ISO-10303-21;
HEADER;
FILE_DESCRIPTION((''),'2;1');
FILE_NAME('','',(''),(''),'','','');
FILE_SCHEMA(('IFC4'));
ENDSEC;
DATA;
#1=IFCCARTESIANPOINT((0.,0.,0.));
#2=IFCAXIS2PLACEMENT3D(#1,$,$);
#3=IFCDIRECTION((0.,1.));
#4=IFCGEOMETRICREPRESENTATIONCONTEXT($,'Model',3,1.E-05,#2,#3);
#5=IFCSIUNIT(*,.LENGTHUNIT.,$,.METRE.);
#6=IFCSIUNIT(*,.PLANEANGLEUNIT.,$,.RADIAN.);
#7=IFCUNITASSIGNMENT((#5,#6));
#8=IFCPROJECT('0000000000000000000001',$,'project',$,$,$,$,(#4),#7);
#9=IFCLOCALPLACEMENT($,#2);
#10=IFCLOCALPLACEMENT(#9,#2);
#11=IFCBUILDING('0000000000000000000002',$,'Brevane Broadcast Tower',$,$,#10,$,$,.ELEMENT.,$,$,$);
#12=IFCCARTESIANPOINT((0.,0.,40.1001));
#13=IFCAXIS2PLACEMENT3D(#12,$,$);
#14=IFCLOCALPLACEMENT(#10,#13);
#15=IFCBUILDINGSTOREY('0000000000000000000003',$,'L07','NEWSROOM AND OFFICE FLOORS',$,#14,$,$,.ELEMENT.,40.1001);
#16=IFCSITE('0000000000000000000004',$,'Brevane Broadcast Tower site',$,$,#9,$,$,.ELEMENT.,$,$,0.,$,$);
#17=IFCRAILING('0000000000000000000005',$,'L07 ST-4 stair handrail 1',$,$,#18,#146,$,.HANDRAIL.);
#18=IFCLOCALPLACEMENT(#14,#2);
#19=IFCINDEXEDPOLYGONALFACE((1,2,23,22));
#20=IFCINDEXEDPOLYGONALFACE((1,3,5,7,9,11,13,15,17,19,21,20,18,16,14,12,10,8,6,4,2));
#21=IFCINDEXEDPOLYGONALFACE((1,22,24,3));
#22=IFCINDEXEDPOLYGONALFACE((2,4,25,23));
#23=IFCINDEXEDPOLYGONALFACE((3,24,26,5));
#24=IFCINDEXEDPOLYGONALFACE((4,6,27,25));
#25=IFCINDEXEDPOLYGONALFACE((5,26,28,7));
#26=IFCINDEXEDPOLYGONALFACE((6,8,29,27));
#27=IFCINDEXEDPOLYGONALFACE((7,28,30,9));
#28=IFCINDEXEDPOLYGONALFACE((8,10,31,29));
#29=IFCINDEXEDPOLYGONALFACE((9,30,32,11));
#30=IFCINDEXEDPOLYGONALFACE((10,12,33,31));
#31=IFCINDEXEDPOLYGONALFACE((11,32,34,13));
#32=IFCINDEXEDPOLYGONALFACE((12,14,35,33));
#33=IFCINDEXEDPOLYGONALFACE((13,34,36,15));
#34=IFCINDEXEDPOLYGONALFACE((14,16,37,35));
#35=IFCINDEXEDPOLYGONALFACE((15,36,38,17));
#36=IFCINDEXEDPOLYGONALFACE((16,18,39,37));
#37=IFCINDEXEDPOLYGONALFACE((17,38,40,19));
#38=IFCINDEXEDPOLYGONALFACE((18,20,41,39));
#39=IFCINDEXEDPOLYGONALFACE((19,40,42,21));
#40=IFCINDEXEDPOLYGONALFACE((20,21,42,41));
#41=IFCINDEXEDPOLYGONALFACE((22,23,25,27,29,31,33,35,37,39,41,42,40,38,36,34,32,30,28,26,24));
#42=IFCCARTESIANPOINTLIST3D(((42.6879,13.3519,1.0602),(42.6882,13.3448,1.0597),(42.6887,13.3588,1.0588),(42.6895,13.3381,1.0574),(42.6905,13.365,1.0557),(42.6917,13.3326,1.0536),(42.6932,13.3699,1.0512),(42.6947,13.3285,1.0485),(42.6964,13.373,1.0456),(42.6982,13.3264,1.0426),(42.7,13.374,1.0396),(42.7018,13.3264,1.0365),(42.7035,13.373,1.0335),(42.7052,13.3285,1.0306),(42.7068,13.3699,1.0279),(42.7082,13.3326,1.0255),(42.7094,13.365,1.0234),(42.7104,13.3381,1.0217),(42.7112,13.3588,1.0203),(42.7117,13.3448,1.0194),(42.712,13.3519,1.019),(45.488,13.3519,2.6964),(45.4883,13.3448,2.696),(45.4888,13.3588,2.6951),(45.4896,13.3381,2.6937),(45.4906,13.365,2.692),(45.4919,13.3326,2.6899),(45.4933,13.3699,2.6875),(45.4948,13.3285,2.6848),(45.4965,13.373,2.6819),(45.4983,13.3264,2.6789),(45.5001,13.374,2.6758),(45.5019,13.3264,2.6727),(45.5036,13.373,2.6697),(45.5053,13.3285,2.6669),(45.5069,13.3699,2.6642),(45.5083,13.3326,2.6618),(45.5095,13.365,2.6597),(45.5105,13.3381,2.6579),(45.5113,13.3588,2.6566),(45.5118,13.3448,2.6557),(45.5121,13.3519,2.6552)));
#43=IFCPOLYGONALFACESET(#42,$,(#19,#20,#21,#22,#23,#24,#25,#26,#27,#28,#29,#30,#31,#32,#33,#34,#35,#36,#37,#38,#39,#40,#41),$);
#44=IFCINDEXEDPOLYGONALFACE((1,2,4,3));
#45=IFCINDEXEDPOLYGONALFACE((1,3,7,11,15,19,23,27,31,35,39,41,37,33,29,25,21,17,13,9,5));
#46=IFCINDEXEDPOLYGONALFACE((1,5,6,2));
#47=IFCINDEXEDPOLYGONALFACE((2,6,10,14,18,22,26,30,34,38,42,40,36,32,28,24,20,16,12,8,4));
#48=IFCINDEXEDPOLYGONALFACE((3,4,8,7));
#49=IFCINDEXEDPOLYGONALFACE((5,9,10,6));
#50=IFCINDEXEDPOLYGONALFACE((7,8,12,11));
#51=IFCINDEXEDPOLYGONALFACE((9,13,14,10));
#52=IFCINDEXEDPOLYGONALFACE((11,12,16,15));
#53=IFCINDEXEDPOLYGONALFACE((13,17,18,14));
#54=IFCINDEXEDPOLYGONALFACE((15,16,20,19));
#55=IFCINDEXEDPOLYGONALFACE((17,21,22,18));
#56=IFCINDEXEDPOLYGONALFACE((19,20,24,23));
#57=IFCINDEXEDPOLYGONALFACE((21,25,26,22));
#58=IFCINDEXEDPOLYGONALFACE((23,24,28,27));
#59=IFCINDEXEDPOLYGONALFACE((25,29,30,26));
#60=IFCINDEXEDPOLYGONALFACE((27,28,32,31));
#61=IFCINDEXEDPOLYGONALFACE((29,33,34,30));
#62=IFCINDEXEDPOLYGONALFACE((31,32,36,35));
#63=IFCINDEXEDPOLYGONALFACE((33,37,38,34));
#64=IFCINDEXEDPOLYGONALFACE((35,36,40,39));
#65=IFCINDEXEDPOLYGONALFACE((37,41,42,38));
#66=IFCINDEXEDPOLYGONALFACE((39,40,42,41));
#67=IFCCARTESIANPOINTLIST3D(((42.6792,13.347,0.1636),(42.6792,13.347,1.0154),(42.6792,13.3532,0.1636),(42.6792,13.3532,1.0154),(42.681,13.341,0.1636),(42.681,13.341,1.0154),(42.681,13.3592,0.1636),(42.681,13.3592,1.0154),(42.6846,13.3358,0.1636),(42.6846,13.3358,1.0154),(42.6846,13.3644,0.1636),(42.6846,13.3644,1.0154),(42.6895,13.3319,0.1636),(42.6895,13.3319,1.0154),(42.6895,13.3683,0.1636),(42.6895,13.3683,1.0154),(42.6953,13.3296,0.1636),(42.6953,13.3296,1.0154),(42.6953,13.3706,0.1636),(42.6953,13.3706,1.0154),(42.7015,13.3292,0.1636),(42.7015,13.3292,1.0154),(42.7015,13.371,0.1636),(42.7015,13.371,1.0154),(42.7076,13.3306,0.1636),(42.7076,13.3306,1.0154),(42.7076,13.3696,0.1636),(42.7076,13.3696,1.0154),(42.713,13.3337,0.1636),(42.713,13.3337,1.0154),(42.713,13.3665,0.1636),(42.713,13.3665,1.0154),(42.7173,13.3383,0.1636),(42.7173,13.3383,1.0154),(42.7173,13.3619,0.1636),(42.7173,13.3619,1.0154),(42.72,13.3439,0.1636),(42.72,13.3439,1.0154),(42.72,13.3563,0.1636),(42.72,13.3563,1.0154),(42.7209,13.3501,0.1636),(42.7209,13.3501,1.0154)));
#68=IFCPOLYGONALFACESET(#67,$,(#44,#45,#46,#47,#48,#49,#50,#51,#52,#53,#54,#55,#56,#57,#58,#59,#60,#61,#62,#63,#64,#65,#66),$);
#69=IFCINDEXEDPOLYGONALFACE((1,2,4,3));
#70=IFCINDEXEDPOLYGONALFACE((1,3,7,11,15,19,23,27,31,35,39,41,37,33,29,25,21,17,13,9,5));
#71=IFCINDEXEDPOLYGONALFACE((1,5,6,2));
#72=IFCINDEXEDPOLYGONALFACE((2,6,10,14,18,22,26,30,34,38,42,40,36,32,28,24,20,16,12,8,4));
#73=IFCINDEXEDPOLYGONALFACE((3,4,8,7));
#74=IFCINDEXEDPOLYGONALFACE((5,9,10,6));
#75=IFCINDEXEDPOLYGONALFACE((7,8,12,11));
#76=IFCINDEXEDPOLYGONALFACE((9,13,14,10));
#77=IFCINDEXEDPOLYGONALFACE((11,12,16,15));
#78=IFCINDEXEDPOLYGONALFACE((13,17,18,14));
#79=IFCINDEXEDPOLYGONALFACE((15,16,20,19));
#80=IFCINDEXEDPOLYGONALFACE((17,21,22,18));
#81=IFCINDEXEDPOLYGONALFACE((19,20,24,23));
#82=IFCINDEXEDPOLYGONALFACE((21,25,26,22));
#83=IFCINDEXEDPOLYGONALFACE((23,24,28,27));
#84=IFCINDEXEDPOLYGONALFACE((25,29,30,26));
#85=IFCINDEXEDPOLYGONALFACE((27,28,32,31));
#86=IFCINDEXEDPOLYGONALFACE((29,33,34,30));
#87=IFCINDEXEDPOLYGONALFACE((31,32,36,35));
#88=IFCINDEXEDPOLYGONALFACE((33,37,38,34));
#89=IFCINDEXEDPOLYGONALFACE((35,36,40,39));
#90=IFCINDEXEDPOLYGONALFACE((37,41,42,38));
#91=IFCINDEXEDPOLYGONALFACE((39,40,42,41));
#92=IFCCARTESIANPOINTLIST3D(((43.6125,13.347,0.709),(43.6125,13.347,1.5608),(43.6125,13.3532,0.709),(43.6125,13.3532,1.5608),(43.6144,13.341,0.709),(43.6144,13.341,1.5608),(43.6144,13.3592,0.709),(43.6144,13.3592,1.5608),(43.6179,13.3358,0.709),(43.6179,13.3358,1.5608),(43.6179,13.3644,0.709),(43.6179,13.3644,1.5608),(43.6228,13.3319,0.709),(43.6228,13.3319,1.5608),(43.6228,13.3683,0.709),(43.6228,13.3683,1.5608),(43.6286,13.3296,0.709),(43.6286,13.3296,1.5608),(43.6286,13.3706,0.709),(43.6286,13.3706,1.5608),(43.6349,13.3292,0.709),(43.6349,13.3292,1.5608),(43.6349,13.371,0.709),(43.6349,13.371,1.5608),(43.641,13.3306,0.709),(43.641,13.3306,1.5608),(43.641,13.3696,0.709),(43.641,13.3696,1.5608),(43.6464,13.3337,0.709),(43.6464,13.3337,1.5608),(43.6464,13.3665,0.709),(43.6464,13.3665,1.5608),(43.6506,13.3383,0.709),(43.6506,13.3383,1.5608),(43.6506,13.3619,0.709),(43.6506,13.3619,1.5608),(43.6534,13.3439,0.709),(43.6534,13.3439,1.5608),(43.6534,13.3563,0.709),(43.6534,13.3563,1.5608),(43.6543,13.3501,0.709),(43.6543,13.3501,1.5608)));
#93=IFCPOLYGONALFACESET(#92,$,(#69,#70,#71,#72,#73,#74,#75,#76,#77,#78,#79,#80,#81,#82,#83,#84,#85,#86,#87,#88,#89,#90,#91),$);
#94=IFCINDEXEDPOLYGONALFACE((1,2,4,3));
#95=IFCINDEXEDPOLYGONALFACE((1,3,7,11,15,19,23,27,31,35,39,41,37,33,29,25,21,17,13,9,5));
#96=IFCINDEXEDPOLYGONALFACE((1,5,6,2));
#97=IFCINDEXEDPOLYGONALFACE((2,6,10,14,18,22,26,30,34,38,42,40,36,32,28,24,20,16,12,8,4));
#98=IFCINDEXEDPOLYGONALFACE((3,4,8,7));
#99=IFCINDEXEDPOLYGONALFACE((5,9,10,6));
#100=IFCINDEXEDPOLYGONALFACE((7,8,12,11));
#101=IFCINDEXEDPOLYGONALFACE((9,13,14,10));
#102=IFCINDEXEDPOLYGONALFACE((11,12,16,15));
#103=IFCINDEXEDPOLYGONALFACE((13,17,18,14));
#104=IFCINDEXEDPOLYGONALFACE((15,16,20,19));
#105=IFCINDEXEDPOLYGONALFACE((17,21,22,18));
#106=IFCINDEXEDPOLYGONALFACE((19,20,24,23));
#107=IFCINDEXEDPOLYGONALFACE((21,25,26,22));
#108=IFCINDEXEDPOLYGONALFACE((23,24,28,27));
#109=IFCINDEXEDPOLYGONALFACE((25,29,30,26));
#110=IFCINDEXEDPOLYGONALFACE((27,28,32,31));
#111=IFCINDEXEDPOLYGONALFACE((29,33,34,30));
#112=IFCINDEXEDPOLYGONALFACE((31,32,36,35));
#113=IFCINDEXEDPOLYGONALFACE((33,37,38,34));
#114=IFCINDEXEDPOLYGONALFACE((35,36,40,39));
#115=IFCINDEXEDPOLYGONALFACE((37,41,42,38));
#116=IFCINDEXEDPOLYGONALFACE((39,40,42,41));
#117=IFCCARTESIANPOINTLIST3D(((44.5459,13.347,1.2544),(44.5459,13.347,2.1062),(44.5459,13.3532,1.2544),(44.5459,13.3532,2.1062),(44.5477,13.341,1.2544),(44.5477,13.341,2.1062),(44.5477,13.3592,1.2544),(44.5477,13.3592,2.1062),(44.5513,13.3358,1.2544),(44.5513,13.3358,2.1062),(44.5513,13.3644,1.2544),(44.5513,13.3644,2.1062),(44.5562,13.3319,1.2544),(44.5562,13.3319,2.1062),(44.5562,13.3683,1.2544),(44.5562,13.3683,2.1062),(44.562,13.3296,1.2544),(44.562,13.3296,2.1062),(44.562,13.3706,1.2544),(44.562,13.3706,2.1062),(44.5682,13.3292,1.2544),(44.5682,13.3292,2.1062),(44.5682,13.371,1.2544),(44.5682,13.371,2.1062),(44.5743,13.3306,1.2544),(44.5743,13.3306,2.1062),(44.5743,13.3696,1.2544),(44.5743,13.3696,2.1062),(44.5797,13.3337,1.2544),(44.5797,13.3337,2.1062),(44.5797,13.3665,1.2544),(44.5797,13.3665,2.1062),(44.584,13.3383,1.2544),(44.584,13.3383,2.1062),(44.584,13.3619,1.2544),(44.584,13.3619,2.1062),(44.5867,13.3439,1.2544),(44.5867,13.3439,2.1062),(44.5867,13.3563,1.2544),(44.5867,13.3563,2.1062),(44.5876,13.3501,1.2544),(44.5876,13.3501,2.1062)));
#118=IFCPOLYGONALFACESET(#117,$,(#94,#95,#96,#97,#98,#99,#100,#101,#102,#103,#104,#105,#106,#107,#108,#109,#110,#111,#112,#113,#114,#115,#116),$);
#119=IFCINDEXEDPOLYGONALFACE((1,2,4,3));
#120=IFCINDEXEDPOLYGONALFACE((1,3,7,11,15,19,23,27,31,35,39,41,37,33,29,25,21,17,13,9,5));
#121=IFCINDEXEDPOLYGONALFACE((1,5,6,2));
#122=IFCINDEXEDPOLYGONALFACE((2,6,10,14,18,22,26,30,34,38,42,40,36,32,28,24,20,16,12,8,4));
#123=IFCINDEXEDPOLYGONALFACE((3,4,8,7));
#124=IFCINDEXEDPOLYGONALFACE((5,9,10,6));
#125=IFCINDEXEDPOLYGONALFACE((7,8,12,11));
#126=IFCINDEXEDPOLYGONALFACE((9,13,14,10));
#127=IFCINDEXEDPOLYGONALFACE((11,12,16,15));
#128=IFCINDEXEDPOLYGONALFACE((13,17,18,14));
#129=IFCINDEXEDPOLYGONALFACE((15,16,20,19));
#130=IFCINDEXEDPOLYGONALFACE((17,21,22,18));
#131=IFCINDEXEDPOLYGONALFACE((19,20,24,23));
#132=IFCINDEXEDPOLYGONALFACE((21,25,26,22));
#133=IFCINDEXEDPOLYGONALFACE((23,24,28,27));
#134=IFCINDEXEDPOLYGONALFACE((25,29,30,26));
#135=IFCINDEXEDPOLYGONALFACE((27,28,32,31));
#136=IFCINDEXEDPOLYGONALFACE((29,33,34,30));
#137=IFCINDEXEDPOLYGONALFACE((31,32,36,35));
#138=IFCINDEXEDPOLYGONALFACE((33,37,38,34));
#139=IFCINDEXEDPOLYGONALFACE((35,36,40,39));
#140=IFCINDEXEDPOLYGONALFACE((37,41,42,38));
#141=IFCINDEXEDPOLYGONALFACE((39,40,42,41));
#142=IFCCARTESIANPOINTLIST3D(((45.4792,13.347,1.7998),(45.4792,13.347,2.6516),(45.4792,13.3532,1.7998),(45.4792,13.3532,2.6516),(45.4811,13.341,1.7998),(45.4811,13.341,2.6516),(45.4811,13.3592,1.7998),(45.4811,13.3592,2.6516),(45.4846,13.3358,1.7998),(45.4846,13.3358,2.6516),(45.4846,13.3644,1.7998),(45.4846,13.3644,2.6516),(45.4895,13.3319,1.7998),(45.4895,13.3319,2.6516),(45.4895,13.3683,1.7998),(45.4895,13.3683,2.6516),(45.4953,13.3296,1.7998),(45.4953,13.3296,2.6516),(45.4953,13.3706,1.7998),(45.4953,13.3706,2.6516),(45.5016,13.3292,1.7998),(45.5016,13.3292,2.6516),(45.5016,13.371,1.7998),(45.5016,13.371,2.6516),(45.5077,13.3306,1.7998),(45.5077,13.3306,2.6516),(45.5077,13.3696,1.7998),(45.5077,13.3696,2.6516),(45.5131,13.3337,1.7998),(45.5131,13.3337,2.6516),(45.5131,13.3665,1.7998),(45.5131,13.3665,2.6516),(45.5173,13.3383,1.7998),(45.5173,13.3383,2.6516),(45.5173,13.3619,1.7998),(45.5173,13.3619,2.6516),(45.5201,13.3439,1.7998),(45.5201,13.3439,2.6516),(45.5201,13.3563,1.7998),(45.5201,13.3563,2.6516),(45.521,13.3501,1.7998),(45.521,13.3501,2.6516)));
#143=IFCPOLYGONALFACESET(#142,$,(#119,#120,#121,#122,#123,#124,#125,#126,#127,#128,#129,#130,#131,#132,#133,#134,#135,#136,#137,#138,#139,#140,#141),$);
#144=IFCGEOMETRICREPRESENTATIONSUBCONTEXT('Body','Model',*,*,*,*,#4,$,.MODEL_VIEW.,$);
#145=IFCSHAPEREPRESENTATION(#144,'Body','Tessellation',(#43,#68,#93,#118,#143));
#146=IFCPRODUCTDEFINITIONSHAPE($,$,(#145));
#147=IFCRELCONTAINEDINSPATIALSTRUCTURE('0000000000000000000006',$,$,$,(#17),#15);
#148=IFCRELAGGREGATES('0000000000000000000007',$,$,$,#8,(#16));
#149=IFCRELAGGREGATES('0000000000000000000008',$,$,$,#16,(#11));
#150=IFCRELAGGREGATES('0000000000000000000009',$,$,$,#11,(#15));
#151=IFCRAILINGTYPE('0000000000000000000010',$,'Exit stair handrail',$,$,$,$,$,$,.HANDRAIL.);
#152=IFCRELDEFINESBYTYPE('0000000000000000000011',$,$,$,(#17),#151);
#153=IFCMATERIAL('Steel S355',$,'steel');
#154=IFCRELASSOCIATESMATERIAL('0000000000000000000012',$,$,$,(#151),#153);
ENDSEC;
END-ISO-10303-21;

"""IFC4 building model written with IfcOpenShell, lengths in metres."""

from ifc_helpers import new_model, si_unit, direction, frame, origin, origin_2d, place, context, subcontext, project, spatial, circle, extrude, material, type_object, element, save


model = new_model("IFC4")

# Units and contexts
model_context = context("Model", 3, precision=1e-05, world=origin(), true_north=direction((0.0, 1.0)))
body_context = subcontext(model_context, "Body", "Model", "MODEL_VIEW")
ifc_project = project(units=[si_unit("LENGTHUNIT", "METRE"), si_unit("PLANEANGLEUNIT", "RADIAN")], contexts=[model_context])

# Site, building, storey
site_placement = place(None, origin())
site = spatial("IfcSite", under=ifc_project, at=site_placement, Name="Brevane Broadcast Tower site", CompositionType="ELEMENT", RefElevation=0.0)
building_placement = place(site_placement, origin())
building = spatial("IfcBuilding", under=site, at=building_placement, Name="Brevane Broadcast Tower", CompositionType="ELEMENT")
storey_placement = place(building_placement, frame((0.0, 0.0, 40.1001)))
storey = spatial("IfcBuildingStorey", under=building, at=storey_placement, Name="L07", Description="NEWSROOM AND OFFICE FLOORS", CompositionType="ELEMENT", Elevation=40.1001)

# Railing
ifc_material_1 = material(Name="Steel S355", Category="steel")
railing_type_1 = type_object("IfcRailingType", Name="Exit stair handrail", PredefinedType="HANDRAIL", material=ifc_material_1)
railing_1_placement = place(storey_placement, frame((42.7, 13.3501, 0.1636)))
element("IfcRailing", 1, at=railing_1_placement, inside=storey, type_object=railing_type_1, Name="L07 ST-4 stair handrail 1", PredefinedType="HANDRAIL", context=body_context, shape_type="SweptSolid", body=[
    extrude(circle(Radius=0.0239, at=origin_2d()), frame((0.0, 0.0, 0.876), z_axis=(0.863394, 0.0, 0.504531), x_axis=(0.0, 1.0, 0.0)), (0.0, 0.0, 1.0), 3.2432),
    extrude(circle(Radius=0.021, at=origin_2d()), origin(), (0.0, 0.0, 1.0), 0.8518),
    extrude(circle(Radius=0.021, at=origin_2d()), frame((0.9333, 0.0, 0.5454)), (0.0, 0.0, 1.0), 0.8518),
    extrude(circle(Radius=0.021, at=origin_2d()), frame((1.8667, 0.0, 1.0908)), (0.0, 0.0, 1.0), 0.8518),
    extrude(circle(Radius=0.021, at=origin_2d()), frame((2.8, 0.0, 1.6362)), (0.0, 0.0, 1.0), 0.8518),
])

save(model, "model.ifc")
